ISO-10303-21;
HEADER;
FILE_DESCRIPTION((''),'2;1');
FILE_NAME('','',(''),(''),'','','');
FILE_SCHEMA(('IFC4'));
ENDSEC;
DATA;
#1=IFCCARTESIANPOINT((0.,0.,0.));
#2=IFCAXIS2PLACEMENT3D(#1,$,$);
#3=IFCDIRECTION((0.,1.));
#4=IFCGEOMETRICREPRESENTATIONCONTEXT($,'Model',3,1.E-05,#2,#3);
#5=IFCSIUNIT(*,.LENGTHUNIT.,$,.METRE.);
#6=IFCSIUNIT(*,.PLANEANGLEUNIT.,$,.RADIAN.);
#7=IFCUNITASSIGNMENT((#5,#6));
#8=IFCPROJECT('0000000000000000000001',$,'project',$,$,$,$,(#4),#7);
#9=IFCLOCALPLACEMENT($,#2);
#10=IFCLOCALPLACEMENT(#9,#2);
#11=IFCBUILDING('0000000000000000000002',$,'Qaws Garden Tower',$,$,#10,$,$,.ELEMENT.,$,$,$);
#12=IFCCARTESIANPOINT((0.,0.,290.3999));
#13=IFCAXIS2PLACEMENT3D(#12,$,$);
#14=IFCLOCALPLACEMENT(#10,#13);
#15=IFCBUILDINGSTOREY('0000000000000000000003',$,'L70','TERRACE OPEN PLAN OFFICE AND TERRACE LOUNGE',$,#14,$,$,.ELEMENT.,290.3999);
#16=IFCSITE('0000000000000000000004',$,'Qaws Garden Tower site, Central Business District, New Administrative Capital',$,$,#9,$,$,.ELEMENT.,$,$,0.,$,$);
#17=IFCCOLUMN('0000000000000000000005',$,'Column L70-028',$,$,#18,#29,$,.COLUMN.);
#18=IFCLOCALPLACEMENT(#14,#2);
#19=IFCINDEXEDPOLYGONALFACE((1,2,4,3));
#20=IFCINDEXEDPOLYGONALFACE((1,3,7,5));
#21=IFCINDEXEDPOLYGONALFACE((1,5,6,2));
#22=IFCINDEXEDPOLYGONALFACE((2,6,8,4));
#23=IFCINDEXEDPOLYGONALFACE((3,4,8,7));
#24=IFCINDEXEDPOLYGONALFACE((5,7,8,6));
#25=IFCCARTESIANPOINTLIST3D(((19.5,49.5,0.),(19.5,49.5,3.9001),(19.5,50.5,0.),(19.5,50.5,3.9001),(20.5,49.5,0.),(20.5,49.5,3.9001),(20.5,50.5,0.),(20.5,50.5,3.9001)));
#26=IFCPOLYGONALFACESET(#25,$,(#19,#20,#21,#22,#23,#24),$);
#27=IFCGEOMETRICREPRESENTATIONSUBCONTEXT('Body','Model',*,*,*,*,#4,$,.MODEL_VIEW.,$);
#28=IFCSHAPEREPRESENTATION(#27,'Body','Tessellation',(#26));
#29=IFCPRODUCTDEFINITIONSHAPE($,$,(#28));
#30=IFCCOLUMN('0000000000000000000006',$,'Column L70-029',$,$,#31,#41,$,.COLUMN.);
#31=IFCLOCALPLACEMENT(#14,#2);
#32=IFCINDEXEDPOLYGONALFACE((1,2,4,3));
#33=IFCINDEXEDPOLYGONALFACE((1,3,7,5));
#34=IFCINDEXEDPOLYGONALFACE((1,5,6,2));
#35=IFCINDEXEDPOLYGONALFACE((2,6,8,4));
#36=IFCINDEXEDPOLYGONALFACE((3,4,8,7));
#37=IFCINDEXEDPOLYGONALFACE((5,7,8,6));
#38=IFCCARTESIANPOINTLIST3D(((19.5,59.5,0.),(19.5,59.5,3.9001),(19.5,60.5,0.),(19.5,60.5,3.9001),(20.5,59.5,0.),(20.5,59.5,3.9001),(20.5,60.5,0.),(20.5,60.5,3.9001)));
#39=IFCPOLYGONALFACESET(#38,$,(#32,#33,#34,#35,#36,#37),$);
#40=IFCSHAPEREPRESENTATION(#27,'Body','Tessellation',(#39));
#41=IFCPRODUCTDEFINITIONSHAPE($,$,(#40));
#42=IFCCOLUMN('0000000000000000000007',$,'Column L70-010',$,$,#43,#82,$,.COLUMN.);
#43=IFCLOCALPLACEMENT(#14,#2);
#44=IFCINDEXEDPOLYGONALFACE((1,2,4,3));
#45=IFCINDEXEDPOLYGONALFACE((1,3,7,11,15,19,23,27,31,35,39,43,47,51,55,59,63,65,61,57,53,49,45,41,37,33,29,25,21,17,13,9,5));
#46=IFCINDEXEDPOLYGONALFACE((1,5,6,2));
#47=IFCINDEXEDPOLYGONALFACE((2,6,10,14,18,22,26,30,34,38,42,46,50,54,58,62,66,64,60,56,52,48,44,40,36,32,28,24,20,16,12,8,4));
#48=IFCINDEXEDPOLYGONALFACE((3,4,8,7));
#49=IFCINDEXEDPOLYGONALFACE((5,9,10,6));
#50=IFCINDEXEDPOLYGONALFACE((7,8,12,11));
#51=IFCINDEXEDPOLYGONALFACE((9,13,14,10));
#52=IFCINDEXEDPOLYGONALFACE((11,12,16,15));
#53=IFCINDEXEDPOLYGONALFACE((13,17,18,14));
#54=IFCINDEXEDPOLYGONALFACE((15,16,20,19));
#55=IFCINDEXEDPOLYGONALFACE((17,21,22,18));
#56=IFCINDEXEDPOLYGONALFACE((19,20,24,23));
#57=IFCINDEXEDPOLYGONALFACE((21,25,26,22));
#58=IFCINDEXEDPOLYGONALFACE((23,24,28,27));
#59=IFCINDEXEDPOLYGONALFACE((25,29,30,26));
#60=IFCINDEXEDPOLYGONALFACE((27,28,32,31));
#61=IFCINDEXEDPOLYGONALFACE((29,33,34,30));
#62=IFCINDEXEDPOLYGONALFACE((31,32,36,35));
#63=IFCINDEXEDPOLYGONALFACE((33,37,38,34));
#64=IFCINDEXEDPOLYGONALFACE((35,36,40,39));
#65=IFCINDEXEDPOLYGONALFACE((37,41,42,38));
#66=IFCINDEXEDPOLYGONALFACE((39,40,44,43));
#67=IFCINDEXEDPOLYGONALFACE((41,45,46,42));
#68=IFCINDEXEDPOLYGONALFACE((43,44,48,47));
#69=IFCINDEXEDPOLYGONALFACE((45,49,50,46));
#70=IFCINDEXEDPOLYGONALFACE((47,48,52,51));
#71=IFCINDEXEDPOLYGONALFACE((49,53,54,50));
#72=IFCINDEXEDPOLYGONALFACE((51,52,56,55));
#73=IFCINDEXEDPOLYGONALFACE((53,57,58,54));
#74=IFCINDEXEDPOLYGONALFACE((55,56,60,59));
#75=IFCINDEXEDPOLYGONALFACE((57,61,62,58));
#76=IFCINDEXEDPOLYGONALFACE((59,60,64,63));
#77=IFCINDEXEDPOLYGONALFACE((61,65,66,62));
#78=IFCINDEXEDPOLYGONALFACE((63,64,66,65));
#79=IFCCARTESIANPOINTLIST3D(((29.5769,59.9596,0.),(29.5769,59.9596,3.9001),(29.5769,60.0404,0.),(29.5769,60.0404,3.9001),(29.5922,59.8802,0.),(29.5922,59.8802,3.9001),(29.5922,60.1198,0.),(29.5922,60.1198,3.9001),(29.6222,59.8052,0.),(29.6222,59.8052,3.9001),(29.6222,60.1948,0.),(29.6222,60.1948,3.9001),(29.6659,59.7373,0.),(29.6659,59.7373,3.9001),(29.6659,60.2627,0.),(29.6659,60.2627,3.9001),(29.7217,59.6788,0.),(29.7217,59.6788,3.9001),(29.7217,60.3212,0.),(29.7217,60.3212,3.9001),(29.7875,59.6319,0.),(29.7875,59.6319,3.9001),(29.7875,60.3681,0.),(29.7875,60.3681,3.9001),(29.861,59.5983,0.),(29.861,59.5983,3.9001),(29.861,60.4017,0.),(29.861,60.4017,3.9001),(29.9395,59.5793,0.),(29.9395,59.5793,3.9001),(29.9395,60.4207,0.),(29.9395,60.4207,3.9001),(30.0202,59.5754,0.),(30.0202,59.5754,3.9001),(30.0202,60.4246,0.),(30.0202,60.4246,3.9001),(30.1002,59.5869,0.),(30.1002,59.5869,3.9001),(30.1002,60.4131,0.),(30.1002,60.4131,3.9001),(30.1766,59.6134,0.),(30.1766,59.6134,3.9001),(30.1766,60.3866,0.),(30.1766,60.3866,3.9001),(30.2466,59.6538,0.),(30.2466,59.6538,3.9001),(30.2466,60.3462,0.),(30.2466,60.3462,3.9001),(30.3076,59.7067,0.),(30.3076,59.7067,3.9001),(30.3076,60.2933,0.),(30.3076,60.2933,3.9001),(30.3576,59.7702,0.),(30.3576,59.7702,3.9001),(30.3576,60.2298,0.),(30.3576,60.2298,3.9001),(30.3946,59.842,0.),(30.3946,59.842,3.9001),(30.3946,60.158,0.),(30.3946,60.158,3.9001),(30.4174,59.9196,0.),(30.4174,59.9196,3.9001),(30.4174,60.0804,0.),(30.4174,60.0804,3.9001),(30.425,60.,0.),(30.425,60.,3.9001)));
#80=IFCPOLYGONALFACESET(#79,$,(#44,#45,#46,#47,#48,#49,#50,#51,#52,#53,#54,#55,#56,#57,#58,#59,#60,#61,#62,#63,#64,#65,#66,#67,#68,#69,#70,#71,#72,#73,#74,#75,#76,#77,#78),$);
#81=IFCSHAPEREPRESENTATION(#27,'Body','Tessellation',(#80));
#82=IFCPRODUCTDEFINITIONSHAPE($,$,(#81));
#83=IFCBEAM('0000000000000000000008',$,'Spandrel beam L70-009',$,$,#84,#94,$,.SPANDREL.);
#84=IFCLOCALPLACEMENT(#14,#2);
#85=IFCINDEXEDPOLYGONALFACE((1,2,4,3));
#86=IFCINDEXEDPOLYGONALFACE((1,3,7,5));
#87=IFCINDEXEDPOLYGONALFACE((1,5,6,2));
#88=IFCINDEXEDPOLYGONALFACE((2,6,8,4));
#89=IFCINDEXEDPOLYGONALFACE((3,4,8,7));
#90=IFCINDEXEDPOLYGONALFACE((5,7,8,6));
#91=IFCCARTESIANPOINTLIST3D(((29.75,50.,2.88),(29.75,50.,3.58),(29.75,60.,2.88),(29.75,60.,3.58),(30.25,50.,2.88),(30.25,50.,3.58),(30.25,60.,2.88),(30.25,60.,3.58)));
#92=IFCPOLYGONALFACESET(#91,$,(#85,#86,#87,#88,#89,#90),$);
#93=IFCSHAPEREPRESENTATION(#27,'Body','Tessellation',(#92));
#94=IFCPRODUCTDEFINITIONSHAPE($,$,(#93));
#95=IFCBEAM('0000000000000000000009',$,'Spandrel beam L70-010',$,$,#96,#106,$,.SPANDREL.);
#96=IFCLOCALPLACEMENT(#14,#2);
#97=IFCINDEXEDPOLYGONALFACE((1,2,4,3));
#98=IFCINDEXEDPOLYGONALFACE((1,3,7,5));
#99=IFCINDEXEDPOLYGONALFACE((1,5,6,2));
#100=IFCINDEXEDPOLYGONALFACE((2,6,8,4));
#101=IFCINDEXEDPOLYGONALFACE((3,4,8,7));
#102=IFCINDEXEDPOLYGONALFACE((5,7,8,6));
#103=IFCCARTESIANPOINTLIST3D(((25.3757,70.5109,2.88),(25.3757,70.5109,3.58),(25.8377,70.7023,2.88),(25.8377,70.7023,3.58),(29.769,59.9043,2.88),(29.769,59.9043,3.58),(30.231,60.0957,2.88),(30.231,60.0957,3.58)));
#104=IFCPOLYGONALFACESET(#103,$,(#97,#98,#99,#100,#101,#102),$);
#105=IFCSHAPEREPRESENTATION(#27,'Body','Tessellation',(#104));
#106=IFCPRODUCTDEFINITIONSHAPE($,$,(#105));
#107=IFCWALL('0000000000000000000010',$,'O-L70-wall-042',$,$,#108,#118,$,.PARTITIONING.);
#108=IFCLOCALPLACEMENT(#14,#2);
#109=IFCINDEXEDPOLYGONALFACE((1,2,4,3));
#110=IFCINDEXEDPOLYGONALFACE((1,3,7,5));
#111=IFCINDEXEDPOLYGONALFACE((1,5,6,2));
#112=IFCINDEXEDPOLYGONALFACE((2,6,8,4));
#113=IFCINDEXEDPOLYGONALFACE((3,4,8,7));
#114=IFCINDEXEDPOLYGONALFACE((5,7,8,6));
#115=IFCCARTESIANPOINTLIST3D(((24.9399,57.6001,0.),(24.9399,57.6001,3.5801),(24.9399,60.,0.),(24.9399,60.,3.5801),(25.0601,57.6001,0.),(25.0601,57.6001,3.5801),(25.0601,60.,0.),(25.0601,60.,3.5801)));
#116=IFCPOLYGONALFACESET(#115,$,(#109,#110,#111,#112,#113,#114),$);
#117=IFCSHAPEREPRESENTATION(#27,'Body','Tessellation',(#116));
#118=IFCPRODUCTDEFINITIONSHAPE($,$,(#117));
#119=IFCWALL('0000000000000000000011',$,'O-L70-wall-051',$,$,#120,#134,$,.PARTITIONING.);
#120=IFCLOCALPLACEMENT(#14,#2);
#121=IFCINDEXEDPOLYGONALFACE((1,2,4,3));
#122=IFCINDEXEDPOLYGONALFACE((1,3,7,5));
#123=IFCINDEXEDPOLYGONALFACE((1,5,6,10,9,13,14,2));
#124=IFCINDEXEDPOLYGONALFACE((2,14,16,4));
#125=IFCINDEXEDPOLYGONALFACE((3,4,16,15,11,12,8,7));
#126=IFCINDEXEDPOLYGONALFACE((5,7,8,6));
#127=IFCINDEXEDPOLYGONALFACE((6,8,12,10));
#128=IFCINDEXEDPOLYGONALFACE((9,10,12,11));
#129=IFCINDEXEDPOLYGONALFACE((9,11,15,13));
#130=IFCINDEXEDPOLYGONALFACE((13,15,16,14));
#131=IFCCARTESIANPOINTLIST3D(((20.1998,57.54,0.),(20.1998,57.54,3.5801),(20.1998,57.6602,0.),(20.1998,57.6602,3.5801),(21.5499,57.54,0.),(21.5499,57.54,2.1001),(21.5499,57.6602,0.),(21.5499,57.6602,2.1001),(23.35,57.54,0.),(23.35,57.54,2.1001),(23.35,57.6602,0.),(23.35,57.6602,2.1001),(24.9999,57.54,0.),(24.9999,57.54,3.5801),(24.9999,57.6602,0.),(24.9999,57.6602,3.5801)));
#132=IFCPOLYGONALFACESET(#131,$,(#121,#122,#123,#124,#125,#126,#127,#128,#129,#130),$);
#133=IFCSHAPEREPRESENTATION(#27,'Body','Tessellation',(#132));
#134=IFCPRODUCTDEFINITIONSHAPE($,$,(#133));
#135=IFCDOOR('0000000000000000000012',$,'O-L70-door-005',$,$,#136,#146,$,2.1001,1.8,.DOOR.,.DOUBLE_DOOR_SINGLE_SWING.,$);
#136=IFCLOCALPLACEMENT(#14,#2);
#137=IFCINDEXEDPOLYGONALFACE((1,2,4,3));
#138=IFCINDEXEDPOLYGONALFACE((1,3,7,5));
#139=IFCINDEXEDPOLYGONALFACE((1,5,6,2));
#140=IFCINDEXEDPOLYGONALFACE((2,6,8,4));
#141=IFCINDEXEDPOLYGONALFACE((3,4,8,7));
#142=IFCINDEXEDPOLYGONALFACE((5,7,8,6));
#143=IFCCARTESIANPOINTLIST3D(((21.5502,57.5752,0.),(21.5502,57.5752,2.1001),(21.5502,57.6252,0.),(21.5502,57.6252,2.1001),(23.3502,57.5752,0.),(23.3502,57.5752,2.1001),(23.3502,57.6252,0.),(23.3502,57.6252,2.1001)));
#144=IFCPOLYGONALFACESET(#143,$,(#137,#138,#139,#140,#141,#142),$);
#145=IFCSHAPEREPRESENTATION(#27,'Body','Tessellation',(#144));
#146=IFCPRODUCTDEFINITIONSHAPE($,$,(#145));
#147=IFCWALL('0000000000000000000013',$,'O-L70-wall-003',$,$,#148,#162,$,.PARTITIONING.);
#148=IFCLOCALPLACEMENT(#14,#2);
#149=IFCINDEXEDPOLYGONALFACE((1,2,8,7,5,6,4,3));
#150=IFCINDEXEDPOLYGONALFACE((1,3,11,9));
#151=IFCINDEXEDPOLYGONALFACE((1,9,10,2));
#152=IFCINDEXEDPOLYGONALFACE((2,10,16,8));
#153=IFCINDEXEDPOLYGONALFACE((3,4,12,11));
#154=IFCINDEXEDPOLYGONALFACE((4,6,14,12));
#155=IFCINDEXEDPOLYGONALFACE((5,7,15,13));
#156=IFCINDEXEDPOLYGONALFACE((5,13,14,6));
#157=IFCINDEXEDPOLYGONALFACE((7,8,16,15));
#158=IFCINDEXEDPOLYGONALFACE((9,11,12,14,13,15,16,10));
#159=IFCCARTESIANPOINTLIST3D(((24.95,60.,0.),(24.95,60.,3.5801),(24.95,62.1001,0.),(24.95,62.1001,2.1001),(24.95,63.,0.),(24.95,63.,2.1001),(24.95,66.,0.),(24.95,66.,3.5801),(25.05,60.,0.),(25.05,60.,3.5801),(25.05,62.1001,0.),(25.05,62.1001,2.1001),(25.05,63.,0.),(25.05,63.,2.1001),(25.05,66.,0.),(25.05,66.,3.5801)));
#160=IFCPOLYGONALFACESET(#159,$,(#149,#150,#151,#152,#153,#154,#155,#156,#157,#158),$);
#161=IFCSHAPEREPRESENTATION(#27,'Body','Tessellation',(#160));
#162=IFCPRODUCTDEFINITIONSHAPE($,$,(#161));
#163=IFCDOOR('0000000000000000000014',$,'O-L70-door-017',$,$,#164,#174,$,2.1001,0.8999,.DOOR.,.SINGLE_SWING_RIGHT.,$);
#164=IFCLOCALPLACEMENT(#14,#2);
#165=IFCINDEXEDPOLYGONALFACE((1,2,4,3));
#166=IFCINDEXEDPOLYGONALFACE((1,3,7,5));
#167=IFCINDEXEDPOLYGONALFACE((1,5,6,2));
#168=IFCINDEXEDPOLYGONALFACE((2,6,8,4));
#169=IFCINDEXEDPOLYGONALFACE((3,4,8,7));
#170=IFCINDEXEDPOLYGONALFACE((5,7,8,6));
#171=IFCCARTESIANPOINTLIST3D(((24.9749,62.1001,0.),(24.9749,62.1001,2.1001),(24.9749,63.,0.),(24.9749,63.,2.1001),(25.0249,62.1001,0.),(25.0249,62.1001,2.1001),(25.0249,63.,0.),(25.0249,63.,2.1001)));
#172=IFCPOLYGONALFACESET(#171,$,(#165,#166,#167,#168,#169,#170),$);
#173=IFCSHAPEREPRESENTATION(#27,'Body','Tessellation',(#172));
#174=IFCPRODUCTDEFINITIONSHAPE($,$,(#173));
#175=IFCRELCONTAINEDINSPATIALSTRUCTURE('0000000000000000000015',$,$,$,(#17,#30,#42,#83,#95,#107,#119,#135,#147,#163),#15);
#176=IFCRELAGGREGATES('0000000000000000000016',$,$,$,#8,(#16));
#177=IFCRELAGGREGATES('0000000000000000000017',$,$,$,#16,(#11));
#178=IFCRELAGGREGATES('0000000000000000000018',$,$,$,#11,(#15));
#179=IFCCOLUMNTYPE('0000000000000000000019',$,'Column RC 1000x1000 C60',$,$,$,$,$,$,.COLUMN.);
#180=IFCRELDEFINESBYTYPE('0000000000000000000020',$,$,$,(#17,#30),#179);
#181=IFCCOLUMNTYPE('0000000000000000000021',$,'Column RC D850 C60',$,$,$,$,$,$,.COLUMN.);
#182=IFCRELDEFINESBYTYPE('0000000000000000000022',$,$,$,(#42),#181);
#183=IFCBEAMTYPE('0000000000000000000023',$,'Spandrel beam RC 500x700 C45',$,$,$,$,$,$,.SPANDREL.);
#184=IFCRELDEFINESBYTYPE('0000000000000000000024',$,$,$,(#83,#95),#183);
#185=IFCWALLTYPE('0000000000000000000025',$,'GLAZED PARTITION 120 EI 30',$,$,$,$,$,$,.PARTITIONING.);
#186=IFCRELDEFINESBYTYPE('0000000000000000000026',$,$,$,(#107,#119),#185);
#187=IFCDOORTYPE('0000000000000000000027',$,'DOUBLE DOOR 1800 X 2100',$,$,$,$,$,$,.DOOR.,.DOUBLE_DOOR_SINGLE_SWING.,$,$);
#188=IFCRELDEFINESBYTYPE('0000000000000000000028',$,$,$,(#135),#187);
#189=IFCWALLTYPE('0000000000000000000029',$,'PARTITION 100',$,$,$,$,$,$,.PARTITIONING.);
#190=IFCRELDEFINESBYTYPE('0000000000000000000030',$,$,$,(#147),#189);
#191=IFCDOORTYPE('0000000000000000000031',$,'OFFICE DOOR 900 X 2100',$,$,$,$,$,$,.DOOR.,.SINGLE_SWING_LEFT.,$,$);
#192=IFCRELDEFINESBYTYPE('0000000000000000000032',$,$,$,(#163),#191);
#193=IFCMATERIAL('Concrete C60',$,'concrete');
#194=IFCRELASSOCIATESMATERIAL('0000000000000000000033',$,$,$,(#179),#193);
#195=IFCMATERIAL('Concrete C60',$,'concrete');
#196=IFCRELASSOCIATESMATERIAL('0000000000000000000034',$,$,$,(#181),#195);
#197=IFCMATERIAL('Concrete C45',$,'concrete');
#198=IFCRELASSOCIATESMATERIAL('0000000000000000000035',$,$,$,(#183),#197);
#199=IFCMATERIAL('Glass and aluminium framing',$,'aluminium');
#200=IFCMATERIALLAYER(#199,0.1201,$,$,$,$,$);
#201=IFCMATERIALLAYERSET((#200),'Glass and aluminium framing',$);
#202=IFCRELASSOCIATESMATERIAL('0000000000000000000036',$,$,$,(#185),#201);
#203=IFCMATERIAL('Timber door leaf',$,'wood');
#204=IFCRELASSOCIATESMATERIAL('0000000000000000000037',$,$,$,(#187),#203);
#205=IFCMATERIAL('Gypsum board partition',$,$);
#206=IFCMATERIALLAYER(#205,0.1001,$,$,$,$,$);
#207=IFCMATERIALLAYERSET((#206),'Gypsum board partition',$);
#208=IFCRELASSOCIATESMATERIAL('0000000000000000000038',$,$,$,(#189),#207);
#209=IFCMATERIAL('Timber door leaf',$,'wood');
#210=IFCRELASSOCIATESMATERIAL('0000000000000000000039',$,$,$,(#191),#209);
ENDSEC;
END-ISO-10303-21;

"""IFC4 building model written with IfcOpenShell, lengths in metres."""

from ifc_helpers import new_model, si_unit, direction, frame, frame_2d, origin, origin_2d, place, context, subcontext, project, spatial, rectangle, circle, extrude, material, layer, layer_set, material_profile, profile_set, type_object, element, fill, save


model = new_model("IFC4")

# Units and contexts
model_context = context("Model", 3, precision=1e-05, world=origin(), true_north=direction((0.0, 1.0)))
body_context = subcontext(model_context, "Body", "Model", "MODEL_VIEW")
ifc_project = project(units=[si_unit("LENGTHUNIT", "METRE"), si_unit("PLANEANGLEUNIT", "RADIAN")], contexts=[model_context])

# Site, building, storey
site_placement = place(None, origin())
site = spatial("IfcSite", under=ifc_project, at=site_placement, Name="Qaws Garden Tower site, Central Business District, New Administrative Capital", CompositionType="ELEMENT", RefElevation=0.0)
building_placement = place(site_placement, origin())
building = spatial("IfcBuilding", under=site, at=building_placement, Name="Qaws Garden Tower", CompositionType="ELEMENT")
storey_placement = place(building_placement, frame((0.0, 0.0, 290.3999)))
storey = spatial("IfcBuildingStorey", under=building, at=storey_placement, Name="L70", Description="TERRACE OPEN PLAN OFFICE AND TERRACE LOUNGE", CompositionType="ELEMENT", Elevation=290.3999)

# Columns
ifc_material_1 = material(Name="Concrete C60", Category="concrete")
ifc_material_profile_1 = material_profile(ifc_material_1, rectangle(XDim=1.0, YDim=1.0, at=origin_2d()), Name="RC 1000x1000")
ifc_profile_set_1 = profile_set([ifc_material_profile_1], Name="Concrete C60")
column_type_1 = type_object("IfcColumnType", Name="Column RC 1000x1000 C60", PredefinedType="COLUMN", material=ifc_profile_set_1)
for number, where, z_axis, x_axis, name in (
    (1, (20.0, 50.0, 0.0), (0.0, 0.0, 1.0), (1.0, 0.0, 0.0), "Column L70-028"),
    (2, (20.0, 60.0, 0.0), (0.0, 0.0, 1.0), (1.0, 0.0, 0.0), "Column L70-029"),
):
    element("IfcColumn", number, at=place(storey_placement, frame(where, z_axis=z_axis, x_axis=x_axis)), inside=storey, type_object=column_type_1, Name=name, PredefinedType="COLUMN", context=body_context, shape_type="SweptSolid", body=[
        extrude(rectangle(XDim=1.0, YDim=1.0, at=origin_2d()), origin(), (0.0, 0.0, 1.0), 3.9001),
    ])
ifc_material_2 = material(Name="Concrete C60", Category="concrete")
ifc_material_profile_2 = material_profile(ifc_material_2, circle(Radius=0.425, at=origin_2d()), Name="RC D850")
ifc_profile_set_2 = profile_set([ifc_material_profile_2], Name="Concrete C60")
column_type_2 = type_object("IfcColumnType", Name="Column RC D850 C60", PredefinedType="COLUMN", material=ifc_profile_set_2)
column_placement = place(storey_placement, frame((30.0, 60.0, 0.0), z_axis=(0.0, 0.0, 1.0), x_axis=(1.0, 0.0, 0.0)))
element("IfcColumn", 3, at=column_placement, inside=storey, type_object=column_type_2, Name="Column L70-010", PredefinedType="COLUMN", context=body_context, shape_type="SweptSolid", body=[
    extrude(circle(Radius=0.425, at=origin_2d()), origin(), (0.0, 0.0, 1.0), 3.9001),
])

# Beams
ifc_material_3 = material(Name="Concrete C45", Category="concrete")
ifc_material_profile_3 = material_profile(ifc_material_3, rectangle(XDim=0.5, YDim=0.7, at=origin_2d()), Name="RC 500x700")
ifc_profile_set_3 = profile_set([ifc_material_profile_3], Name="Concrete C45")
beam_type = type_object("IfcBeamType", Name="Spandrel beam RC 500x700 C45", PredefinedType="SPANDREL", material=ifc_profile_set_3)
beam_1_placement = place(storey_placement, frame((30.0, 50.0, 3.23), z_axis=(0.0, 1.0, 0.0), x_axis=(-1.0, 0.0, 0.0)))
element("IfcBeam", 4, at=beam_1_placement, inside=storey, type_object=beam_type, Name="Spandrel beam L70-009", PredefinedType="SPANDREL", context=body_context, shape_type="SweptSolid", body=[
    extrude(rectangle(XDim=0.5, YDim=0.7, at=origin_2d()), origin(), (0.0, 0.0, 1.0), 10.0),
])
beam_2_placement = place(storey_placement, frame((30.0, 60.0, 3.23), z_axis=(-0.382674, 0.923883, 0.0), x_axis=(-0.923883, -0.382674, 0.0)))
element("IfcBeam", 5, at=beam_2_placement, inside=storey, type_object=beam_type, Name="Spandrel beam L70-010", PredefinedType="SPANDREL", context=body_context, shape_type="SweptSolid", body=[
    extrude(rectangle(XDim=0.5, YDim=0.7, at=origin_2d()), origin(), (0.0, 0.0, 1.0), 11.4805),
])

# Wall
ifc_material_4 = material(Name="Glass and aluminium framing", Category="aluminium")
ifc_layer_1 = layer(ifc_material_4, 0.1201)
ifc_layer_set_1 = layer_set([ifc_layer_1], Name="Glass and aluminium framing")
wall_type_1 = type_object("IfcWallType", Name="GLAZED PARTITION 120 EI 30", PredefinedType="PARTITIONING", material=ifc_layer_set_1)
wall_1_placement = place(storey_placement, frame((25.0, 57.6001, 0.0), z_axis=(0.0, 0.0, 1.0), x_axis=(0.0, 1.0, 0.0)))
element("IfcWall", 6, at=wall_1_placement, inside=storey, type_object=wall_type_1, Name="O-L70-wall-042", PredefinedType="PARTITIONING", context=body_context, shape_type="SweptSolid", body=[
    extrude(rectangle(XDim=2.3999, YDim=0.1201, at=frame_2d((1.2, 0.0))), origin(), (0.0, 0.0, 1.0), 3.5801),
])

# Walls, openings, doors
wall_2_placement = place(storey_placement, frame((20.2, 57.6001, 0.0), z_axis=(0.0, 0.0, 1.0), x_axis=(1.0, 0.0, 0.0)))
wall_2 = element("IfcWall", 7, at=wall_2_placement, inside=storey, type_object=wall_type_1, Name="O-L70-wall-051", PredefinedType="PARTITIONING", context=body_context, shape_type="SweptSolid", body=[
    extrude(rectangle(XDim=4.8, YDim=0.1201, at=frame_2d((2.3999, 0.0))), origin(), (0.0, 0.0, 1.0), 3.5801),
])
opening_1_placement = place(wall_2_placement, frame((1.3501, 0.0, 0.0)))
opening_1 = element("IfcOpeningElement", 8, at=opening_1_placement, cuts=wall_2, PredefinedType="OPENING", context=body_context, shape_type="SweptSolid", body=[
    extrude(rectangle(XDim=1.8, YDim=2.1001, at=frame_2d((0.8999, 1.05))), frame((0.0, 0.0701, 0.0), z_axis=(0.0, -1.0, 0.0), x_axis=(1.0, 0.0, 0.0)), (0.0, 0.0, 1.0), 0.1401),
])
ifc_material_5 = material(Name="Timber door leaf", Category="wood")
door_type_1 = type_object("IfcDoorType", Name="DOUBLE DOOR 1800 X 2100", OperationType="DOUBLE_DOOR_SINGLE_SWING", PredefinedType="DOOR", material=ifc_material_5)
door_1_placement = place(opening_1_placement, frame((1.8, 0.0, 0.0), z_axis=(0.0, 0.0, 1.0), x_axis=(-1.0, 0.0, 0.0)))
door_1 = element("IfcDoor", 9, at=door_1_placement, inside=storey, type_object=door_type_1, Name="O-L70-door-005", OperationType="DOUBLE_DOOR_SINGLE_SWING", OverallHeight=2.1001, OverallWidth=1.8, PredefinedType="DOOR", context=body_context, shape_type="SweptSolid", body=[
    extrude(rectangle(XDim=1.8, YDim=2.1001, at=frame_2d((0.8999, 1.05))), frame((0.0, 0.0249, 0.0), z_axis=(0.0, -1.0, 0.0), x_axis=(1.0, 0.0, 0.0)), (0.0, 0.0, 1.0), 0.05),
])
fill(opening_1, door_1)
ifc_material_6 = material(Name="Gypsum board partition")
ifc_layer_2 = layer(ifc_material_6, 0.1001)
ifc_layer_set_2 = layer_set([ifc_layer_2], Name="Gypsum board partition")
wall_type_2 = type_object("IfcWallType", Name="PARTITION 100", PredefinedType="PARTITIONING", material=ifc_layer_set_2)
wall_3_placement = place(storey_placement, frame((25.0, 60.0, 0.0), z_axis=(0.0, 0.0, 1.0), x_axis=(0.0, 1.0, 0.0)))
wall_3 = element("IfcWall", 10, at=wall_3_placement, inside=storey, type_object=wall_type_2, Name="O-L70-wall-003", PredefinedType="PARTITIONING", context=body_context, shape_type="SweptSolid", body=[
    extrude(rectangle(XDim=6.0, YDim=0.1001, at=frame_2d((3.0, 0.0))), origin(), (0.0, 0.0, 1.0), 3.5801),
])
opening_2_placement = place(wall_3_placement, frame((2.1001, 0.0, 0.0)))
opening_2 = element("IfcOpeningElement", 11, at=opening_2_placement, cuts=wall_3, PredefinedType="OPENING", context=body_context, shape_type="SweptSolid", body=[
    extrude(rectangle(XDim=0.8999, YDim=2.1001, at=frame_2d((0.45, 1.05))), frame((0.0, 0.0601, 0.0), z_axis=(0.0, -1.0, 0.0), x_axis=(1.0, 0.0, 0.0)), (0.0, 0.0, 1.0), 0.1201),
])
ifc_material_7 = material(Name="Timber door leaf", Category="wood")
door_type_2 = type_object("IfcDoorType", Name="OFFICE DOOR 900 X 2100", OperationType="SINGLE_SWING_LEFT", PredefinedType="DOOR", material=ifc_material_7)
door_2_placement = place(opening_2_placement, frame((0.8999, 0.0, 0.0), z_axis=(0.0, 0.0, 1.0), x_axis=(-1.0, 0.0, 0.0)))
door_2 = element("IfcDoor", 12, at=door_2_placement, inside=storey, type_object=door_type_2, Name="O-L70-door-017", OperationType="SINGLE_SWING_RIGHT", OverallHeight=2.1001, OverallWidth=0.8999, PredefinedType="DOOR", context=body_context, shape_type="SweptSolid", body=[
    extrude(rectangle(XDim=0.8999, YDim=2.1001, at=frame_2d((0.45, 1.05))), frame((0.0, 0.0249, 0.0), z_axis=(0.0, -1.0, 0.0), x_axis=(1.0, 0.0, 0.0)), (0.0, 0.0, 1.0), 0.05),
])
fill(opening_2, door_2)

save(model, "model.ifc")
